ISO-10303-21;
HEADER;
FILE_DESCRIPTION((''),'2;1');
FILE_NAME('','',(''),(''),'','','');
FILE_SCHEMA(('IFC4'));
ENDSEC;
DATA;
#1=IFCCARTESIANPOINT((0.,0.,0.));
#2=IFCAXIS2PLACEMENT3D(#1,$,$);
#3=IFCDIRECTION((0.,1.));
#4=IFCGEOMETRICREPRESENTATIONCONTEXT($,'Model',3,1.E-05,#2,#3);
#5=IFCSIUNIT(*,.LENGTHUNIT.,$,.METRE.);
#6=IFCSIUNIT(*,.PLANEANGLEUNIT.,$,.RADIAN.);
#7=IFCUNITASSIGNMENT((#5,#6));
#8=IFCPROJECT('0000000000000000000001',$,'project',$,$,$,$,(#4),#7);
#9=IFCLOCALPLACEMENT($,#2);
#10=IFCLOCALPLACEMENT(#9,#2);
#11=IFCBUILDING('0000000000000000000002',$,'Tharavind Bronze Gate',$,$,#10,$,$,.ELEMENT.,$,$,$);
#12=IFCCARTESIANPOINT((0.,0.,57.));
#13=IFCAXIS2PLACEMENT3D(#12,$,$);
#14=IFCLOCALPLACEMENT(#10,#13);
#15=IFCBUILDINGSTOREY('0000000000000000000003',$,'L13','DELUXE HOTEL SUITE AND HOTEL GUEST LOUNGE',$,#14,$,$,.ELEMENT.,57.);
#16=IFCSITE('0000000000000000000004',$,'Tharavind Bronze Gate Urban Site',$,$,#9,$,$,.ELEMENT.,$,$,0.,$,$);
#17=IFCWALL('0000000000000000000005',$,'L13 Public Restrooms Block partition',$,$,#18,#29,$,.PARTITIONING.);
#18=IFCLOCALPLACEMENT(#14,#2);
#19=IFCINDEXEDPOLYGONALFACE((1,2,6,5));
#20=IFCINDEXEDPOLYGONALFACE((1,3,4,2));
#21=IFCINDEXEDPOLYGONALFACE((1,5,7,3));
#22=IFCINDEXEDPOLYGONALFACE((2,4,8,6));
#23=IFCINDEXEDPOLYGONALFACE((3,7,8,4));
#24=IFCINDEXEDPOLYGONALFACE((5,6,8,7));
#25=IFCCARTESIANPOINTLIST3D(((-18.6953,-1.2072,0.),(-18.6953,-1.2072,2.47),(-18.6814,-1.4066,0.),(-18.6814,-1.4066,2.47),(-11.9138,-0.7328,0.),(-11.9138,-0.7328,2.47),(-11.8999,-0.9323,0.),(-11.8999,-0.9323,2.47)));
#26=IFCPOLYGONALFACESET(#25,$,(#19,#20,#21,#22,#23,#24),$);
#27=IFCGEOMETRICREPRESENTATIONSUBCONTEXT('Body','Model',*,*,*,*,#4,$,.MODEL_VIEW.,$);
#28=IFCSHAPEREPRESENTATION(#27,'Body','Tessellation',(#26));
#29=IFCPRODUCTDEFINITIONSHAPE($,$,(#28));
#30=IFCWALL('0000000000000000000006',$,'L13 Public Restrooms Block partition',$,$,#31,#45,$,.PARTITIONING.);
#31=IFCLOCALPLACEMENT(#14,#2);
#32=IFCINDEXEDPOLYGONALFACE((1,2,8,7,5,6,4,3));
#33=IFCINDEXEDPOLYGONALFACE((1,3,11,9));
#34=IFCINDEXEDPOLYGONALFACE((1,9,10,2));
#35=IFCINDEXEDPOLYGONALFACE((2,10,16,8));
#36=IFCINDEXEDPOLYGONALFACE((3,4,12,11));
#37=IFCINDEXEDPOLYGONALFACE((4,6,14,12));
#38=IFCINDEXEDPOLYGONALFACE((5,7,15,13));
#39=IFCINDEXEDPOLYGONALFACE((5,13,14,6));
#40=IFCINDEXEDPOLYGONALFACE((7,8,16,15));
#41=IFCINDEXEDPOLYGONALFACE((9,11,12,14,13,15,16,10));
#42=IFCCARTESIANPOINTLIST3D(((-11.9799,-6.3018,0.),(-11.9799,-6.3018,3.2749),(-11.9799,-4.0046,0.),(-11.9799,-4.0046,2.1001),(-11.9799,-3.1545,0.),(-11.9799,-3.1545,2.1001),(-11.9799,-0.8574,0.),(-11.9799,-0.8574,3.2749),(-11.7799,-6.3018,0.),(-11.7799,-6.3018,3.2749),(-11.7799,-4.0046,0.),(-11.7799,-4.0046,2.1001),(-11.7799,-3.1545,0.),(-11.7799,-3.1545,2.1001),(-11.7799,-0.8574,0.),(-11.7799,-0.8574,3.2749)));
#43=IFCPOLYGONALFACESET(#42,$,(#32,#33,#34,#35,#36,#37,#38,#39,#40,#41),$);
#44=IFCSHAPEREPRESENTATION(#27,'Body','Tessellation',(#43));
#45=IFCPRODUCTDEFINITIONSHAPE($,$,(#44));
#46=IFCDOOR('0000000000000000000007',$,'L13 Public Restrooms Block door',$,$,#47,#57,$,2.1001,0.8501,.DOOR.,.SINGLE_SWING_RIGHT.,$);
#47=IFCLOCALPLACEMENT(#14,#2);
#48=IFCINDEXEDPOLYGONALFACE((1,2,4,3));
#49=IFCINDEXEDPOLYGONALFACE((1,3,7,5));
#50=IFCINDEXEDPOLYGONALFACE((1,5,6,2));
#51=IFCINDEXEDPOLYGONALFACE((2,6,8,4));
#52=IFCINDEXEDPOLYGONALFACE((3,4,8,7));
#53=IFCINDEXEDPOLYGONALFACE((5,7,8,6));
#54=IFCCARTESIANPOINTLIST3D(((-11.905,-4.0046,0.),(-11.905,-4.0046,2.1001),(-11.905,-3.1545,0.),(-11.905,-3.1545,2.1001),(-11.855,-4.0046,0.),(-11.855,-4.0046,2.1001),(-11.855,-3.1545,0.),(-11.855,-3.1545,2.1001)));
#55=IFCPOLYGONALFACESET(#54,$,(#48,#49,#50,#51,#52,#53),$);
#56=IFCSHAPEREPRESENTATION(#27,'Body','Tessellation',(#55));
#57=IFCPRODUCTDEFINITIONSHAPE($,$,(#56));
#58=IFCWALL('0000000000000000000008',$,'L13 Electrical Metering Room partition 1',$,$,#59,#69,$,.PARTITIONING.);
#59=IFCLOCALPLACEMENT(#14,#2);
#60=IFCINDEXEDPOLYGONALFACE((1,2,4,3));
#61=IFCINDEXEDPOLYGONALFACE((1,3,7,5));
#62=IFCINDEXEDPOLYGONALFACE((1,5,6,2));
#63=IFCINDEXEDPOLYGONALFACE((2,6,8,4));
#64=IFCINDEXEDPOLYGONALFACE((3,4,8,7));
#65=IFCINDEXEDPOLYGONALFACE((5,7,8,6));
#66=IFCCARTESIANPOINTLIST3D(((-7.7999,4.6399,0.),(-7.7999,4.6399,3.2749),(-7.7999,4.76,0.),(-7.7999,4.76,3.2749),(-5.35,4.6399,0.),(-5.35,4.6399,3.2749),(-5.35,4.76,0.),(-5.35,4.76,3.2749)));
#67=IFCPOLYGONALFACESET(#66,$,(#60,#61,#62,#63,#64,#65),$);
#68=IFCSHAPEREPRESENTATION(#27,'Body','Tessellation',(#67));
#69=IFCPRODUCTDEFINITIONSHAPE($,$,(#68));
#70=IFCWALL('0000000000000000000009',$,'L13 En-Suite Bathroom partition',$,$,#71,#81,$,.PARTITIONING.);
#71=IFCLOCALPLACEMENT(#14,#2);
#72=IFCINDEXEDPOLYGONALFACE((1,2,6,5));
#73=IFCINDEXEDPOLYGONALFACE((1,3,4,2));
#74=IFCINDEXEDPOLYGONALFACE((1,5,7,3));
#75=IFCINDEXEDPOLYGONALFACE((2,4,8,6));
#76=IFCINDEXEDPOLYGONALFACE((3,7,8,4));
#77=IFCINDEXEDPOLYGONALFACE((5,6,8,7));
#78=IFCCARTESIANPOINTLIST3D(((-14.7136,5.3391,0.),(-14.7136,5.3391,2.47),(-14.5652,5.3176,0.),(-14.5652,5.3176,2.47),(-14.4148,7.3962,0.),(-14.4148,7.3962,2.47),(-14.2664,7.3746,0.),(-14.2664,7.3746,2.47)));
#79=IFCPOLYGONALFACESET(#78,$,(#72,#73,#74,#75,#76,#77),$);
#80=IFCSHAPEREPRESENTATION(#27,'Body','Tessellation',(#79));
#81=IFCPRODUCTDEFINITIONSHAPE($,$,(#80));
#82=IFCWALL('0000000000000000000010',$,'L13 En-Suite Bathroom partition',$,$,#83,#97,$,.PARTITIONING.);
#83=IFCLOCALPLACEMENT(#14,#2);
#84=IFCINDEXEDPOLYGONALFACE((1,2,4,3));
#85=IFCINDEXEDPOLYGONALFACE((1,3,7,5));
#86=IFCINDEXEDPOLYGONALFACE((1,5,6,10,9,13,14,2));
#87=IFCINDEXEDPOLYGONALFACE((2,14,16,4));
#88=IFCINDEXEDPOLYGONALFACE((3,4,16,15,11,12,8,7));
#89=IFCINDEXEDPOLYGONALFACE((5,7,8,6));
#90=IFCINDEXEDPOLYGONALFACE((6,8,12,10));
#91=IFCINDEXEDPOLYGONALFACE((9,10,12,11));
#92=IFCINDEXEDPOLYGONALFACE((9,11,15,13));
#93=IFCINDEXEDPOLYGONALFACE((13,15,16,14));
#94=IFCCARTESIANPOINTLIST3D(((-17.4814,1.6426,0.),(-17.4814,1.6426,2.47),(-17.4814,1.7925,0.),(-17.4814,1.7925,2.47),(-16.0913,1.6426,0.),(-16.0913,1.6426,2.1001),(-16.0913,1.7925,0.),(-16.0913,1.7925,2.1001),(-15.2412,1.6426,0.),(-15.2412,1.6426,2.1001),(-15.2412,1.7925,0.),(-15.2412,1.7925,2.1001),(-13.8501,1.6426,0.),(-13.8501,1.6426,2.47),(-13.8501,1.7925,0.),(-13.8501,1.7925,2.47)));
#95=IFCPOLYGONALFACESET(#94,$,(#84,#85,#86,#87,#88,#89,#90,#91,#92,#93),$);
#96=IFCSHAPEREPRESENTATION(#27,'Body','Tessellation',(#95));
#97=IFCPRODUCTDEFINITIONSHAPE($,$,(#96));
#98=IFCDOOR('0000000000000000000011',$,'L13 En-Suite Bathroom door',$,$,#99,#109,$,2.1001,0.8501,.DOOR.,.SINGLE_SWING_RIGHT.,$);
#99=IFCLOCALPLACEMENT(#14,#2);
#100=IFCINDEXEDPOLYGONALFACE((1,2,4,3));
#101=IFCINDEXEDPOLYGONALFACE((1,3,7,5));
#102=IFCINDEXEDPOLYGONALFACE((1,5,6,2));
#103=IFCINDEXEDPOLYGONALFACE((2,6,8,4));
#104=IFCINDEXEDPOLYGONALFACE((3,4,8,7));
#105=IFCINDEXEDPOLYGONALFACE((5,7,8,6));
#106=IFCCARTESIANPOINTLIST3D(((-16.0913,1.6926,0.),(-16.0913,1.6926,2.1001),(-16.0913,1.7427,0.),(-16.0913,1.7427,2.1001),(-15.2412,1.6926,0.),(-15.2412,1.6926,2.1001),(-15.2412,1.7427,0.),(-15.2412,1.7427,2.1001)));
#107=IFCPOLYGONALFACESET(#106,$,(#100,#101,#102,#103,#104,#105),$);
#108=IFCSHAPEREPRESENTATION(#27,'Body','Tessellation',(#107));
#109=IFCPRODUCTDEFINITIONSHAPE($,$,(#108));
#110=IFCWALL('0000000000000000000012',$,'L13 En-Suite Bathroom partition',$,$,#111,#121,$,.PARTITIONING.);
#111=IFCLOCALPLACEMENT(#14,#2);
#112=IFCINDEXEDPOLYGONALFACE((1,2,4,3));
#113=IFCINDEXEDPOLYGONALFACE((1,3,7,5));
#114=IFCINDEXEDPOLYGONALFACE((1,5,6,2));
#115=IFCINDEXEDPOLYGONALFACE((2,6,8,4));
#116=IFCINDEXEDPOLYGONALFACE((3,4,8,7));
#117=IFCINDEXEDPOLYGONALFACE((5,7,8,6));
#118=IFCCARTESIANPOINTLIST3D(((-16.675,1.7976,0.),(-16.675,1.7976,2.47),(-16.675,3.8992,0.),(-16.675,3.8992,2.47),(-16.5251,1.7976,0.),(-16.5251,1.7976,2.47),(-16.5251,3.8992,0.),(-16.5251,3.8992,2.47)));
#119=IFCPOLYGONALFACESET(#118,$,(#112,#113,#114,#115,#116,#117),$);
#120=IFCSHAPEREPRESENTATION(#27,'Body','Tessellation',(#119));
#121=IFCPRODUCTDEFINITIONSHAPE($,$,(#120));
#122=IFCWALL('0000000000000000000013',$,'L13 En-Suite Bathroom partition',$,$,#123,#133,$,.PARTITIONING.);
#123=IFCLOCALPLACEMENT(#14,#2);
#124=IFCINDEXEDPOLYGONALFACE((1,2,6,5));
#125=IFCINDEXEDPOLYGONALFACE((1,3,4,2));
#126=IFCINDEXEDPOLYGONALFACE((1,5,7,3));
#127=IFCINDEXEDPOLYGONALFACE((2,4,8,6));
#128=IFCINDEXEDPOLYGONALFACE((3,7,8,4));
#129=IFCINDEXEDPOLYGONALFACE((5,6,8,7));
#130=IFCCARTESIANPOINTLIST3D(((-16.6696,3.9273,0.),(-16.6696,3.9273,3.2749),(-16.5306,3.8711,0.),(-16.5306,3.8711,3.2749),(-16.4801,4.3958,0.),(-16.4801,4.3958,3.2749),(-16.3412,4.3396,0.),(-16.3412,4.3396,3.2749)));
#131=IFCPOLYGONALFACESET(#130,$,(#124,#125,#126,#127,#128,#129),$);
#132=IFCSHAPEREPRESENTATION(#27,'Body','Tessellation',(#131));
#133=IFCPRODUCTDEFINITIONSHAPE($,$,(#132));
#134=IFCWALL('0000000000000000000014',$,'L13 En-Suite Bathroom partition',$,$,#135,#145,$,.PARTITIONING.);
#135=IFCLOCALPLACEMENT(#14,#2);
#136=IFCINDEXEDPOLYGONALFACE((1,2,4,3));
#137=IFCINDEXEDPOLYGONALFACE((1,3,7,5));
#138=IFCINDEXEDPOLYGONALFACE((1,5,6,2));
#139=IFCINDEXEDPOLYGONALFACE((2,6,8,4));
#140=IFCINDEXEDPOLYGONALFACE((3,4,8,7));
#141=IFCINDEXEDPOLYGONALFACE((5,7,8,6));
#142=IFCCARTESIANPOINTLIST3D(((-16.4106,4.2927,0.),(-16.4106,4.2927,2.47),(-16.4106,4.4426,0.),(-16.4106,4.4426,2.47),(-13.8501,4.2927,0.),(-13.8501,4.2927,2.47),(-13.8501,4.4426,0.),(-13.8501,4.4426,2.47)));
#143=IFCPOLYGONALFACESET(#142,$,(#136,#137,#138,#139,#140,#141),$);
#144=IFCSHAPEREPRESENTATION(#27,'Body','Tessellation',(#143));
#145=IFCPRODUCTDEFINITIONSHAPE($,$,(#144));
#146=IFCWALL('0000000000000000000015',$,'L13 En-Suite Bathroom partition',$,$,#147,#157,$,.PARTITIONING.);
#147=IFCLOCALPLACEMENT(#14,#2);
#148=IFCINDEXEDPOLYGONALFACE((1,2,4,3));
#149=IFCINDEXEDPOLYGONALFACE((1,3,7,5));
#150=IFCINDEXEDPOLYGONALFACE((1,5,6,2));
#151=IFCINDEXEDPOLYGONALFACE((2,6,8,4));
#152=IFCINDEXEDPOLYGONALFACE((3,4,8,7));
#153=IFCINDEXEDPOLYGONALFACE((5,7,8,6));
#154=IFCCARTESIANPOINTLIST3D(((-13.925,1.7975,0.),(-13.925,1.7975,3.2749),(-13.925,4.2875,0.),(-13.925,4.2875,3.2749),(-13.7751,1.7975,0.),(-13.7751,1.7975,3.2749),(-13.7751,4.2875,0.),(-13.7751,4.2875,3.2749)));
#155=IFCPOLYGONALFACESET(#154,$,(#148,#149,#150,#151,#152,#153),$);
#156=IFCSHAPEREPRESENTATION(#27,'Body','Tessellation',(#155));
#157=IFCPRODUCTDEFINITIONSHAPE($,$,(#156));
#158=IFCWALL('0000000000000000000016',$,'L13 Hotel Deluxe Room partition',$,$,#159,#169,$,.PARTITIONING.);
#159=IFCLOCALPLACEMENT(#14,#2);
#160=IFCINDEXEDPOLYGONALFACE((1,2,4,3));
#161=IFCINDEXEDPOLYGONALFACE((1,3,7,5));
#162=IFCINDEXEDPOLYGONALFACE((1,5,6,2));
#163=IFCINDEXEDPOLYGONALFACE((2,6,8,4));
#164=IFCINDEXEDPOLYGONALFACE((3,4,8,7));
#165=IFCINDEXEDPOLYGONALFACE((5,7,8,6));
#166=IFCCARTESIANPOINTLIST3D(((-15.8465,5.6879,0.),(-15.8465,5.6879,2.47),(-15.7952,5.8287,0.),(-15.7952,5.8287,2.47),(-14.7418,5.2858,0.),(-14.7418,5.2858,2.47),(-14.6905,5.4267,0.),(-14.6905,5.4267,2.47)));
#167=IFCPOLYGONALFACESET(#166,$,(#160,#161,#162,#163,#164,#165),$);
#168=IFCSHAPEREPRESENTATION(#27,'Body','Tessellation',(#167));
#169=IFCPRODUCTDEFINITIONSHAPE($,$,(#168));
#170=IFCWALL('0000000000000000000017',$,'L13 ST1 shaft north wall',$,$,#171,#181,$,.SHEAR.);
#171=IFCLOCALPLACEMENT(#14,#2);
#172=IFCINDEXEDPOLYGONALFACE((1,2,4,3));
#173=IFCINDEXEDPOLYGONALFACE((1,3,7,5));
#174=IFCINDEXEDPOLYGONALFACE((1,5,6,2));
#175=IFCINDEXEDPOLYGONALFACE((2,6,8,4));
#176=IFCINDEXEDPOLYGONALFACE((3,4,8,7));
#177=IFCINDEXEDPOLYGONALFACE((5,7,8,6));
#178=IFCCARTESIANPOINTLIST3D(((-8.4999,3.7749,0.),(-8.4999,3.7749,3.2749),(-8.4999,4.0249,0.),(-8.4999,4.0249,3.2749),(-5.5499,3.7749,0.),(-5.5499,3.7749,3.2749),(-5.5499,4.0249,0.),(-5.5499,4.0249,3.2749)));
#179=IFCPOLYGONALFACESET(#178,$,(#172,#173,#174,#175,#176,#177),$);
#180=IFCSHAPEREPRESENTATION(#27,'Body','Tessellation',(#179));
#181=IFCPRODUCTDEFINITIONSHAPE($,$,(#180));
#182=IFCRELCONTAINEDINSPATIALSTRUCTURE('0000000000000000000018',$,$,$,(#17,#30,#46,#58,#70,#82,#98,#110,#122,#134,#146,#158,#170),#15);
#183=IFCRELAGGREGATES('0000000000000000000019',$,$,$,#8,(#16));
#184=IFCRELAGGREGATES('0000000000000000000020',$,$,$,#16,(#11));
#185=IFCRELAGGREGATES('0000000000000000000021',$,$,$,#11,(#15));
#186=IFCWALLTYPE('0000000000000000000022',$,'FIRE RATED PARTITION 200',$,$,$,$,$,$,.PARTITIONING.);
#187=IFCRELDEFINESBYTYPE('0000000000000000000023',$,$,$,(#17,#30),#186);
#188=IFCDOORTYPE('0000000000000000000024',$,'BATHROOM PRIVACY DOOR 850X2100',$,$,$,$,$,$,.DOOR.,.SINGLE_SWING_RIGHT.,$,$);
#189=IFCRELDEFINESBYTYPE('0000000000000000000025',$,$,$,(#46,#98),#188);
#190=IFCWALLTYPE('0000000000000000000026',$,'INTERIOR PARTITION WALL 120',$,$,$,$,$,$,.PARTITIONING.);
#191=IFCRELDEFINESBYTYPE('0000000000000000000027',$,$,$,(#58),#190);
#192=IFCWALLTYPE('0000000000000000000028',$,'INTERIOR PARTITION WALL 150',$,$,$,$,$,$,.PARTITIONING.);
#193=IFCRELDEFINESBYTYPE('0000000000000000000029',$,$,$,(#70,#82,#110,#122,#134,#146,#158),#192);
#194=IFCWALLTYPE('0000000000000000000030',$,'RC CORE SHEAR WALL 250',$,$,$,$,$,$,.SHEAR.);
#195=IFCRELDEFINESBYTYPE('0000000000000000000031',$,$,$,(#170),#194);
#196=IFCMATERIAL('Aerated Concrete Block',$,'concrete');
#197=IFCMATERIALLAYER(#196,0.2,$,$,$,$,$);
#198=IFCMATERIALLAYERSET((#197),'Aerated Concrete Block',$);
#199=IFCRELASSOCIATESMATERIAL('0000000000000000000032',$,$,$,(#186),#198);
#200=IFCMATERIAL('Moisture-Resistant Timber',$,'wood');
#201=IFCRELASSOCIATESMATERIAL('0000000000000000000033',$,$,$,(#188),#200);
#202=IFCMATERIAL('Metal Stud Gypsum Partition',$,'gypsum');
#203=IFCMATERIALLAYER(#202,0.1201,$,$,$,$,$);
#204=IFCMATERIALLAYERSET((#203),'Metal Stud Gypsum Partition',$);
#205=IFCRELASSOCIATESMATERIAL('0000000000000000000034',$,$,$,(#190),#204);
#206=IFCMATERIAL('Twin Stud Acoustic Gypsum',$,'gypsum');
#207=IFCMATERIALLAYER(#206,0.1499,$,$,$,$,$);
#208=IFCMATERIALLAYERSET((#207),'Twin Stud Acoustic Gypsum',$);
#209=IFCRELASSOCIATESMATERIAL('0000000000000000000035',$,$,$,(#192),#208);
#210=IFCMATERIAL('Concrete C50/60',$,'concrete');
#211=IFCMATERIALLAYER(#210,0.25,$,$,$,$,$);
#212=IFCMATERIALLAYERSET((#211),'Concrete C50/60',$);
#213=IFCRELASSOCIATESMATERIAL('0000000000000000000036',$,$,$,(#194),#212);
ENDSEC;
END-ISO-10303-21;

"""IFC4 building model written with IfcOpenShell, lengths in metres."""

from ifc_helpers import new_model, si_unit, direction, frame, frame_2d, origin, place, context, subcontext, project, spatial, rectangle, extrude, material, layer, layer_set, type_object, element, fill, save


model = new_model("IFC4")

# Units and contexts
model_context = context("Model", 3, precision=1e-05, world=origin(), true_north=direction((0.0, 1.0)))
body_context = subcontext(model_context, "Body", "Model", "MODEL_VIEW")
ifc_project = project(units=[si_unit("LENGTHUNIT", "METRE"), si_unit("PLANEANGLEUNIT", "RADIAN")], contexts=[model_context])

# Site, building, storey
site_placement = place(None, origin())
site = spatial("IfcSite", under=ifc_project, at=site_placement, Name="Tharavind Bronze Gate Urban Site", CompositionType="ELEMENT", RefElevation=0.0)
building_placement = place(site_placement, origin())
building = spatial("IfcBuilding", under=site, at=building_placement, Name="Tharavind Bronze Gate", CompositionType="ELEMENT")
storey_placement = place(building_placement, frame((0.0, 0.0, 57.0)))
storey = spatial("IfcBuildingStorey", under=building, at=storey_placement, Name="L13", Description="DELUXE HOTEL SUITE AND HOTEL GUEST LOUNGE", CompositionType="ELEMENT", Elevation=57.0)

# Shared definitions
ifc_material_1 = material(Name="Aerated Concrete Block", Category="concrete")
ifc_layer_1 = layer(ifc_material_1, 0.2)
ifc_layer_set_1 = layer_set([ifc_layer_1], Name="Aerated Concrete Block")
wall_type_1 = type_object("IfcWallType", Name="FIRE RATED PARTITION 200", PredefinedType="PARTITIONING", material=ifc_layer_set_1)

# Shared definitions
ifc_material_2 = material(Name="Moisture-Resistant Timber", Category="wood")
door_type_1 = type_object("IfcDoorType", Name="BATHROOM PRIVACY DOOR 850X2100", OperationType="SINGLE_SWING_RIGHT", PredefinedType="DOOR", material=ifc_material_2)

# Wall
wall_1_placement = place(storey_placement, frame((-18.6882, -1.3069, 0.0), z_axis=(0.0, 0.0, 1.0), x_axis=(0.997562, 0.069779, 0.0)))
element("IfcWall", 1, at=wall_1_placement, inside=storey, type_object=wall_type_1, Name="L13 Public Restrooms Block partition", PredefinedType="PARTITIONING", context=body_context, shape_type="SweptSolid", body=[
    extrude(rectangle(XDim=6.7981, YDim=0.2, at=frame_2d((3.3989, 0.0))), origin(), (0.0, 0.0, 1.0), 2.47),
])

# Wall, opening, door
wall_2_placement = place(storey_placement, frame((-11.8799, -0.8574, 0.0), z_axis=(0.0, 0.0, 1.0), x_axis=(0.0, -1.0, 0.0)))
wall_2 = element("IfcWall", 2, at=wall_2_placement, inside=storey, type_object=wall_type_1, Name="L13 Public Restrooms Block partition", PredefinedType="PARTITIONING", context=body_context, shape_type="SweptSolid", body=[
    extrude(rectangle(XDim=5.4443, YDim=0.2, at=frame_2d((2.7222, 0.0))), origin(), (0.0, 0.0, 1.0), 3.2749),
])
opening_1_placement = place(wall_2_placement, frame((2.2971, 0.0, 0.0)))
opening_1 = element("IfcOpeningElement", 3, at=opening_1_placement, cuts=wall_2, PredefinedType="OPENING", context=body_context, shape_type="SweptSolid", body=[
    extrude(rectangle(XDim=0.8501, YDim=2.1001, at=frame_2d((0.425, 1.05))), frame((0.0, 0.1101, 0.0), z_axis=(0.0, -1.0, 0.0), x_axis=(1.0, 0.0, 0.0)), (0.0, 0.0, 1.0), 0.22),
])
door_1_placement = place(opening_1_placement, origin())
door_1 = element("IfcDoor", 4, at=door_1_placement, inside=storey, type_object=door_type_1, Name="L13 Public Restrooms Block door", OperationType="SINGLE_SWING_RIGHT", OverallHeight=2.1001, OverallWidth=0.8501, PredefinedType="DOOR", context=body_context, shape_type="SweptSolid", body=[
    extrude(rectangle(XDim=0.8501, YDim=2.1001, at=frame_2d((0.425, 1.05))), frame((0.0, 0.0249, 0.0), z_axis=(0.0, -1.0, 0.0), x_axis=(1.0, 0.0, 0.0)), (0.0, 0.0, 1.0), 0.05),
])
fill(opening_1, door_1)

# Walls
ifc_material_3 = material(Name="Metal Stud Gypsum Partition", Category="gypsum")
ifc_layer_2 = layer(ifc_material_3, 0.1201)
ifc_layer_set_2 = layer_set([ifc_layer_2], Name="Metal Stud Gypsum Partition")
wall_type_2 = type_object("IfcWallType", Name="INTERIOR PARTITION WALL 120", PredefinedType="PARTITIONING", material=ifc_layer_set_2)
wall_3_placement = place(storey_placement, frame((-7.8, 4.7, 0.0), z_axis=(0.0, 0.0, 1.0), x_axis=(1.0, 0.0, 0.0)))
element("IfcWall", 5, at=wall_3_placement, inside=storey, type_object=wall_type_2, Name="L13 Electrical Metering Room partition 1", PredefinedType="PARTITIONING", context=body_context, shape_type="SweptSolid", body=[
    extrude(rectangle(XDim=2.45, YDim=0.1201, at=frame_2d((1.2251, 0.0))), origin(), (0.0, 0.0, 1.0), 3.2749),
])
ifc_material_4 = material(Name="Twin Stud Acoustic Gypsum", Category="gypsum")
ifc_layer_3 = layer(ifc_material_4, 0.1499)
ifc_layer_set_3 = layer_set([ifc_layer_3], Name="Twin Stud Acoustic Gypsum")
wall_type_3 = type_object("IfcWallType", Name="INTERIOR PARTITION WALL 150", PredefinedType="PARTITIONING", material=ifc_layer_set_3)
wall_4_placement = place(storey_placement, frame((-14.6394, 5.3284, 0.0), z_axis=(0.0, 0.0, 1.0), x_axis=(0.143756, 0.989613, 0.0)))
element("IfcWall", 6, at=wall_4_placement, inside=storey, type_object=wall_type_3, Name="L13 En-Suite Bathroom partition", PredefinedType="PARTITIONING", context=body_context, shape_type="SweptSolid", body=[
    extrude(rectangle(XDim=2.0786, YDim=0.1499, at=frame_2d((1.0393, 0.0))), origin(), (0.0, 0.0, 1.0), 2.47),
])

# Wall, opening, door
wall_5_placement = place(storey_placement, frame((-13.8501, 1.7175, 0.0), z_axis=(0.0, 0.0, 1.0), x_axis=(-1.0, 0.0, 0.0)))
wall_5 = element("IfcWall", 7, at=wall_5_placement, inside=storey, type_object=wall_type_3, Name="L13 En-Suite Bathroom partition", PredefinedType="PARTITIONING", context=body_context, shape_type="SweptSolid", body=[
    extrude(rectangle(XDim=3.6313, YDim=0.1499, at=frame_2d((1.8157, 0.0))), origin(), (0.0, 0.0, 1.0), 2.47),
])
opening_2_placement = place(wall_5_placement, frame((1.3911, 0.0, 0.0)))
opening_2 = element("IfcOpeningElement", 8, at=opening_2_placement, cuts=wall_5, PredefinedType="OPENING", context=body_context, shape_type="SweptSolid", body=[
    extrude(rectangle(XDim=0.8501, YDim=2.1001, at=frame_2d((0.425, 1.05))), frame((0.0, 0.085, 0.0), z_axis=(0.0, -1.0, 0.0), x_axis=(1.0, 0.0, 0.0)), (0.0, 0.0, 1.0), 0.1699),
])
door_2_placement = place(opening_2_placement, origin())
door_2 = element("IfcDoor", 9, at=door_2_placement, inside=storey, type_object=door_type_1, Name="L13 En-Suite Bathroom door", OperationType="SINGLE_SWING_RIGHT", OverallHeight=2.1001, OverallWidth=0.8501, PredefinedType="DOOR", context=body_context, shape_type="SweptSolid", body=[
    extrude(rectangle(XDim=0.8501, YDim=2.1001, at=frame_2d((0.425, 1.05))), frame((0.0, 0.0249, 0.0), z_axis=(0.0, -1.0, 0.0), x_axis=(1.0, 0.0, 0.0)), (0.0, 0.0, 1.0), 0.05),
])
fill(opening_2, door_2)

# Walls
wall_6_placement = place(storey_placement, frame((-16.6001, 1.7976, 0.0), z_axis=(0.0, 0.0, 1.0), x_axis=(0.0, 1.0, 0.0)))
element("IfcWall", 10, at=wall_6_placement, inside=storey, type_object=wall_type_3, Name="L13 En-Suite Bathroom partition", PredefinedType="PARTITIONING", context=body_context, shape_type="SweptSolid", body=[
    extrude(rectangle(XDim=2.1016, YDim=0.1499, at=frame_2d((1.0508, 0.0))), origin(), (0.0, 0.0, 1.0), 2.47),
])
wall_7_placement = place(storey_placement, frame((-16.6001, 3.8992, 0.0), z_axis=(0.0, 0.0, 1.0), x_axis=(0.374886, 0.927071, 0.0)))
element("IfcWall", 11, at=wall_7_placement, inside=storey, type_object=wall_type_3, Name="L13 En-Suite Bathroom partition", PredefinedType="PARTITIONING", context=body_context, shape_type="SweptSolid", body=[
    extrude(rectangle(XDim=0.5054, YDim=0.1499, at=frame_2d((0.2527, 0.0))), origin(), (0.0, 0.0, 1.0), 3.2749),
])
wall_8_placement = place(storey_placement, frame((-16.4106, 4.3677, 0.0), z_axis=(0.0, 0.0, 1.0), x_axis=(1.0, 0.0, 0.0)))
element("IfcWall", 12, at=wall_8_placement, inside=storey, type_object=wall_type_3, Name="L13 En-Suite Bathroom partition", PredefinedType="PARTITIONING", context=body_context, shape_type="SweptSolid", body=[
    extrude(rectangle(XDim=2.5605, YDim=0.1499, at=frame_2d((1.2803, 0.0))), origin(), (0.0, 0.0, 1.0), 2.47),
])
wall_9_placement = place(storey_placement, frame((-13.8501, 4.2876, 0.0), z_axis=(0.0, 0.0, 1.0), x_axis=(0.0, -1.0, 0.0)))
element("IfcWall", 13, at=wall_9_placement, inside=storey, type_object=wall_type_3, Name="L13 En-Suite Bathroom partition", PredefinedType="PARTITIONING", context=body_context, shape_type="SweptSolid", body=[
    extrude(rectangle(XDim=2.49, YDim=0.1499, at=frame_2d((1.2451, 0.0))), origin(), (0.0, 0.0, 1.0), 3.2749),
])
wall_10_placement = place(storey_placement, frame((-14.7161, 5.3562, 0.0), z_axis=(0.0, 0.0, 1.0), x_axis=(-0.93969, 0.342027, 0.0)))
element("IfcWall", 14, at=wall_10_placement, inside=storey, type_object=wall_type_3, Name="L13 Hotel Deluxe Room partition", PredefinedType="PARTITIONING", context=body_context, shape_type="SweptSolid", body=[
    extrude(rectangle(XDim=1.1755, YDim=0.1499, at=frame_2d((0.5879, 0.0))), origin(), (0.0, 0.0, 1.0), 2.47),
])
ifc_material_5 = material(Name="Concrete C50/60", Category="concrete")
ifc_layer_4 = layer(ifc_material_5, 0.25)
ifc_layer_set_4 = layer_set([ifc_layer_4], Name="Concrete C50/60")
wall_type_4 = type_object("IfcWallType", Name="RC CORE SHEAR WALL 250", PredefinedType="SHEAR", material=ifc_layer_set_4)
wall_11_placement = place(storey_placement, frame((-8.5, 3.8999, 0.0), z_axis=(0.0, 0.0, 1.0), x_axis=(1.0, 0.0, 0.0)))
element("IfcWall", 15, at=wall_11_placement, inside=storey, type_object=wall_type_4, Name="L13 ST1 shaft north wall", PredefinedType="SHEAR", context=body_context, shape_type="SweptSolid", body=[
    extrude(rectangle(XDim=2.95, YDim=0.25, at=frame_2d((1.4751, 0.0))), origin(), (0.0, 0.0, 1.0), 3.2749),
])

save(model, "model.ifc")
